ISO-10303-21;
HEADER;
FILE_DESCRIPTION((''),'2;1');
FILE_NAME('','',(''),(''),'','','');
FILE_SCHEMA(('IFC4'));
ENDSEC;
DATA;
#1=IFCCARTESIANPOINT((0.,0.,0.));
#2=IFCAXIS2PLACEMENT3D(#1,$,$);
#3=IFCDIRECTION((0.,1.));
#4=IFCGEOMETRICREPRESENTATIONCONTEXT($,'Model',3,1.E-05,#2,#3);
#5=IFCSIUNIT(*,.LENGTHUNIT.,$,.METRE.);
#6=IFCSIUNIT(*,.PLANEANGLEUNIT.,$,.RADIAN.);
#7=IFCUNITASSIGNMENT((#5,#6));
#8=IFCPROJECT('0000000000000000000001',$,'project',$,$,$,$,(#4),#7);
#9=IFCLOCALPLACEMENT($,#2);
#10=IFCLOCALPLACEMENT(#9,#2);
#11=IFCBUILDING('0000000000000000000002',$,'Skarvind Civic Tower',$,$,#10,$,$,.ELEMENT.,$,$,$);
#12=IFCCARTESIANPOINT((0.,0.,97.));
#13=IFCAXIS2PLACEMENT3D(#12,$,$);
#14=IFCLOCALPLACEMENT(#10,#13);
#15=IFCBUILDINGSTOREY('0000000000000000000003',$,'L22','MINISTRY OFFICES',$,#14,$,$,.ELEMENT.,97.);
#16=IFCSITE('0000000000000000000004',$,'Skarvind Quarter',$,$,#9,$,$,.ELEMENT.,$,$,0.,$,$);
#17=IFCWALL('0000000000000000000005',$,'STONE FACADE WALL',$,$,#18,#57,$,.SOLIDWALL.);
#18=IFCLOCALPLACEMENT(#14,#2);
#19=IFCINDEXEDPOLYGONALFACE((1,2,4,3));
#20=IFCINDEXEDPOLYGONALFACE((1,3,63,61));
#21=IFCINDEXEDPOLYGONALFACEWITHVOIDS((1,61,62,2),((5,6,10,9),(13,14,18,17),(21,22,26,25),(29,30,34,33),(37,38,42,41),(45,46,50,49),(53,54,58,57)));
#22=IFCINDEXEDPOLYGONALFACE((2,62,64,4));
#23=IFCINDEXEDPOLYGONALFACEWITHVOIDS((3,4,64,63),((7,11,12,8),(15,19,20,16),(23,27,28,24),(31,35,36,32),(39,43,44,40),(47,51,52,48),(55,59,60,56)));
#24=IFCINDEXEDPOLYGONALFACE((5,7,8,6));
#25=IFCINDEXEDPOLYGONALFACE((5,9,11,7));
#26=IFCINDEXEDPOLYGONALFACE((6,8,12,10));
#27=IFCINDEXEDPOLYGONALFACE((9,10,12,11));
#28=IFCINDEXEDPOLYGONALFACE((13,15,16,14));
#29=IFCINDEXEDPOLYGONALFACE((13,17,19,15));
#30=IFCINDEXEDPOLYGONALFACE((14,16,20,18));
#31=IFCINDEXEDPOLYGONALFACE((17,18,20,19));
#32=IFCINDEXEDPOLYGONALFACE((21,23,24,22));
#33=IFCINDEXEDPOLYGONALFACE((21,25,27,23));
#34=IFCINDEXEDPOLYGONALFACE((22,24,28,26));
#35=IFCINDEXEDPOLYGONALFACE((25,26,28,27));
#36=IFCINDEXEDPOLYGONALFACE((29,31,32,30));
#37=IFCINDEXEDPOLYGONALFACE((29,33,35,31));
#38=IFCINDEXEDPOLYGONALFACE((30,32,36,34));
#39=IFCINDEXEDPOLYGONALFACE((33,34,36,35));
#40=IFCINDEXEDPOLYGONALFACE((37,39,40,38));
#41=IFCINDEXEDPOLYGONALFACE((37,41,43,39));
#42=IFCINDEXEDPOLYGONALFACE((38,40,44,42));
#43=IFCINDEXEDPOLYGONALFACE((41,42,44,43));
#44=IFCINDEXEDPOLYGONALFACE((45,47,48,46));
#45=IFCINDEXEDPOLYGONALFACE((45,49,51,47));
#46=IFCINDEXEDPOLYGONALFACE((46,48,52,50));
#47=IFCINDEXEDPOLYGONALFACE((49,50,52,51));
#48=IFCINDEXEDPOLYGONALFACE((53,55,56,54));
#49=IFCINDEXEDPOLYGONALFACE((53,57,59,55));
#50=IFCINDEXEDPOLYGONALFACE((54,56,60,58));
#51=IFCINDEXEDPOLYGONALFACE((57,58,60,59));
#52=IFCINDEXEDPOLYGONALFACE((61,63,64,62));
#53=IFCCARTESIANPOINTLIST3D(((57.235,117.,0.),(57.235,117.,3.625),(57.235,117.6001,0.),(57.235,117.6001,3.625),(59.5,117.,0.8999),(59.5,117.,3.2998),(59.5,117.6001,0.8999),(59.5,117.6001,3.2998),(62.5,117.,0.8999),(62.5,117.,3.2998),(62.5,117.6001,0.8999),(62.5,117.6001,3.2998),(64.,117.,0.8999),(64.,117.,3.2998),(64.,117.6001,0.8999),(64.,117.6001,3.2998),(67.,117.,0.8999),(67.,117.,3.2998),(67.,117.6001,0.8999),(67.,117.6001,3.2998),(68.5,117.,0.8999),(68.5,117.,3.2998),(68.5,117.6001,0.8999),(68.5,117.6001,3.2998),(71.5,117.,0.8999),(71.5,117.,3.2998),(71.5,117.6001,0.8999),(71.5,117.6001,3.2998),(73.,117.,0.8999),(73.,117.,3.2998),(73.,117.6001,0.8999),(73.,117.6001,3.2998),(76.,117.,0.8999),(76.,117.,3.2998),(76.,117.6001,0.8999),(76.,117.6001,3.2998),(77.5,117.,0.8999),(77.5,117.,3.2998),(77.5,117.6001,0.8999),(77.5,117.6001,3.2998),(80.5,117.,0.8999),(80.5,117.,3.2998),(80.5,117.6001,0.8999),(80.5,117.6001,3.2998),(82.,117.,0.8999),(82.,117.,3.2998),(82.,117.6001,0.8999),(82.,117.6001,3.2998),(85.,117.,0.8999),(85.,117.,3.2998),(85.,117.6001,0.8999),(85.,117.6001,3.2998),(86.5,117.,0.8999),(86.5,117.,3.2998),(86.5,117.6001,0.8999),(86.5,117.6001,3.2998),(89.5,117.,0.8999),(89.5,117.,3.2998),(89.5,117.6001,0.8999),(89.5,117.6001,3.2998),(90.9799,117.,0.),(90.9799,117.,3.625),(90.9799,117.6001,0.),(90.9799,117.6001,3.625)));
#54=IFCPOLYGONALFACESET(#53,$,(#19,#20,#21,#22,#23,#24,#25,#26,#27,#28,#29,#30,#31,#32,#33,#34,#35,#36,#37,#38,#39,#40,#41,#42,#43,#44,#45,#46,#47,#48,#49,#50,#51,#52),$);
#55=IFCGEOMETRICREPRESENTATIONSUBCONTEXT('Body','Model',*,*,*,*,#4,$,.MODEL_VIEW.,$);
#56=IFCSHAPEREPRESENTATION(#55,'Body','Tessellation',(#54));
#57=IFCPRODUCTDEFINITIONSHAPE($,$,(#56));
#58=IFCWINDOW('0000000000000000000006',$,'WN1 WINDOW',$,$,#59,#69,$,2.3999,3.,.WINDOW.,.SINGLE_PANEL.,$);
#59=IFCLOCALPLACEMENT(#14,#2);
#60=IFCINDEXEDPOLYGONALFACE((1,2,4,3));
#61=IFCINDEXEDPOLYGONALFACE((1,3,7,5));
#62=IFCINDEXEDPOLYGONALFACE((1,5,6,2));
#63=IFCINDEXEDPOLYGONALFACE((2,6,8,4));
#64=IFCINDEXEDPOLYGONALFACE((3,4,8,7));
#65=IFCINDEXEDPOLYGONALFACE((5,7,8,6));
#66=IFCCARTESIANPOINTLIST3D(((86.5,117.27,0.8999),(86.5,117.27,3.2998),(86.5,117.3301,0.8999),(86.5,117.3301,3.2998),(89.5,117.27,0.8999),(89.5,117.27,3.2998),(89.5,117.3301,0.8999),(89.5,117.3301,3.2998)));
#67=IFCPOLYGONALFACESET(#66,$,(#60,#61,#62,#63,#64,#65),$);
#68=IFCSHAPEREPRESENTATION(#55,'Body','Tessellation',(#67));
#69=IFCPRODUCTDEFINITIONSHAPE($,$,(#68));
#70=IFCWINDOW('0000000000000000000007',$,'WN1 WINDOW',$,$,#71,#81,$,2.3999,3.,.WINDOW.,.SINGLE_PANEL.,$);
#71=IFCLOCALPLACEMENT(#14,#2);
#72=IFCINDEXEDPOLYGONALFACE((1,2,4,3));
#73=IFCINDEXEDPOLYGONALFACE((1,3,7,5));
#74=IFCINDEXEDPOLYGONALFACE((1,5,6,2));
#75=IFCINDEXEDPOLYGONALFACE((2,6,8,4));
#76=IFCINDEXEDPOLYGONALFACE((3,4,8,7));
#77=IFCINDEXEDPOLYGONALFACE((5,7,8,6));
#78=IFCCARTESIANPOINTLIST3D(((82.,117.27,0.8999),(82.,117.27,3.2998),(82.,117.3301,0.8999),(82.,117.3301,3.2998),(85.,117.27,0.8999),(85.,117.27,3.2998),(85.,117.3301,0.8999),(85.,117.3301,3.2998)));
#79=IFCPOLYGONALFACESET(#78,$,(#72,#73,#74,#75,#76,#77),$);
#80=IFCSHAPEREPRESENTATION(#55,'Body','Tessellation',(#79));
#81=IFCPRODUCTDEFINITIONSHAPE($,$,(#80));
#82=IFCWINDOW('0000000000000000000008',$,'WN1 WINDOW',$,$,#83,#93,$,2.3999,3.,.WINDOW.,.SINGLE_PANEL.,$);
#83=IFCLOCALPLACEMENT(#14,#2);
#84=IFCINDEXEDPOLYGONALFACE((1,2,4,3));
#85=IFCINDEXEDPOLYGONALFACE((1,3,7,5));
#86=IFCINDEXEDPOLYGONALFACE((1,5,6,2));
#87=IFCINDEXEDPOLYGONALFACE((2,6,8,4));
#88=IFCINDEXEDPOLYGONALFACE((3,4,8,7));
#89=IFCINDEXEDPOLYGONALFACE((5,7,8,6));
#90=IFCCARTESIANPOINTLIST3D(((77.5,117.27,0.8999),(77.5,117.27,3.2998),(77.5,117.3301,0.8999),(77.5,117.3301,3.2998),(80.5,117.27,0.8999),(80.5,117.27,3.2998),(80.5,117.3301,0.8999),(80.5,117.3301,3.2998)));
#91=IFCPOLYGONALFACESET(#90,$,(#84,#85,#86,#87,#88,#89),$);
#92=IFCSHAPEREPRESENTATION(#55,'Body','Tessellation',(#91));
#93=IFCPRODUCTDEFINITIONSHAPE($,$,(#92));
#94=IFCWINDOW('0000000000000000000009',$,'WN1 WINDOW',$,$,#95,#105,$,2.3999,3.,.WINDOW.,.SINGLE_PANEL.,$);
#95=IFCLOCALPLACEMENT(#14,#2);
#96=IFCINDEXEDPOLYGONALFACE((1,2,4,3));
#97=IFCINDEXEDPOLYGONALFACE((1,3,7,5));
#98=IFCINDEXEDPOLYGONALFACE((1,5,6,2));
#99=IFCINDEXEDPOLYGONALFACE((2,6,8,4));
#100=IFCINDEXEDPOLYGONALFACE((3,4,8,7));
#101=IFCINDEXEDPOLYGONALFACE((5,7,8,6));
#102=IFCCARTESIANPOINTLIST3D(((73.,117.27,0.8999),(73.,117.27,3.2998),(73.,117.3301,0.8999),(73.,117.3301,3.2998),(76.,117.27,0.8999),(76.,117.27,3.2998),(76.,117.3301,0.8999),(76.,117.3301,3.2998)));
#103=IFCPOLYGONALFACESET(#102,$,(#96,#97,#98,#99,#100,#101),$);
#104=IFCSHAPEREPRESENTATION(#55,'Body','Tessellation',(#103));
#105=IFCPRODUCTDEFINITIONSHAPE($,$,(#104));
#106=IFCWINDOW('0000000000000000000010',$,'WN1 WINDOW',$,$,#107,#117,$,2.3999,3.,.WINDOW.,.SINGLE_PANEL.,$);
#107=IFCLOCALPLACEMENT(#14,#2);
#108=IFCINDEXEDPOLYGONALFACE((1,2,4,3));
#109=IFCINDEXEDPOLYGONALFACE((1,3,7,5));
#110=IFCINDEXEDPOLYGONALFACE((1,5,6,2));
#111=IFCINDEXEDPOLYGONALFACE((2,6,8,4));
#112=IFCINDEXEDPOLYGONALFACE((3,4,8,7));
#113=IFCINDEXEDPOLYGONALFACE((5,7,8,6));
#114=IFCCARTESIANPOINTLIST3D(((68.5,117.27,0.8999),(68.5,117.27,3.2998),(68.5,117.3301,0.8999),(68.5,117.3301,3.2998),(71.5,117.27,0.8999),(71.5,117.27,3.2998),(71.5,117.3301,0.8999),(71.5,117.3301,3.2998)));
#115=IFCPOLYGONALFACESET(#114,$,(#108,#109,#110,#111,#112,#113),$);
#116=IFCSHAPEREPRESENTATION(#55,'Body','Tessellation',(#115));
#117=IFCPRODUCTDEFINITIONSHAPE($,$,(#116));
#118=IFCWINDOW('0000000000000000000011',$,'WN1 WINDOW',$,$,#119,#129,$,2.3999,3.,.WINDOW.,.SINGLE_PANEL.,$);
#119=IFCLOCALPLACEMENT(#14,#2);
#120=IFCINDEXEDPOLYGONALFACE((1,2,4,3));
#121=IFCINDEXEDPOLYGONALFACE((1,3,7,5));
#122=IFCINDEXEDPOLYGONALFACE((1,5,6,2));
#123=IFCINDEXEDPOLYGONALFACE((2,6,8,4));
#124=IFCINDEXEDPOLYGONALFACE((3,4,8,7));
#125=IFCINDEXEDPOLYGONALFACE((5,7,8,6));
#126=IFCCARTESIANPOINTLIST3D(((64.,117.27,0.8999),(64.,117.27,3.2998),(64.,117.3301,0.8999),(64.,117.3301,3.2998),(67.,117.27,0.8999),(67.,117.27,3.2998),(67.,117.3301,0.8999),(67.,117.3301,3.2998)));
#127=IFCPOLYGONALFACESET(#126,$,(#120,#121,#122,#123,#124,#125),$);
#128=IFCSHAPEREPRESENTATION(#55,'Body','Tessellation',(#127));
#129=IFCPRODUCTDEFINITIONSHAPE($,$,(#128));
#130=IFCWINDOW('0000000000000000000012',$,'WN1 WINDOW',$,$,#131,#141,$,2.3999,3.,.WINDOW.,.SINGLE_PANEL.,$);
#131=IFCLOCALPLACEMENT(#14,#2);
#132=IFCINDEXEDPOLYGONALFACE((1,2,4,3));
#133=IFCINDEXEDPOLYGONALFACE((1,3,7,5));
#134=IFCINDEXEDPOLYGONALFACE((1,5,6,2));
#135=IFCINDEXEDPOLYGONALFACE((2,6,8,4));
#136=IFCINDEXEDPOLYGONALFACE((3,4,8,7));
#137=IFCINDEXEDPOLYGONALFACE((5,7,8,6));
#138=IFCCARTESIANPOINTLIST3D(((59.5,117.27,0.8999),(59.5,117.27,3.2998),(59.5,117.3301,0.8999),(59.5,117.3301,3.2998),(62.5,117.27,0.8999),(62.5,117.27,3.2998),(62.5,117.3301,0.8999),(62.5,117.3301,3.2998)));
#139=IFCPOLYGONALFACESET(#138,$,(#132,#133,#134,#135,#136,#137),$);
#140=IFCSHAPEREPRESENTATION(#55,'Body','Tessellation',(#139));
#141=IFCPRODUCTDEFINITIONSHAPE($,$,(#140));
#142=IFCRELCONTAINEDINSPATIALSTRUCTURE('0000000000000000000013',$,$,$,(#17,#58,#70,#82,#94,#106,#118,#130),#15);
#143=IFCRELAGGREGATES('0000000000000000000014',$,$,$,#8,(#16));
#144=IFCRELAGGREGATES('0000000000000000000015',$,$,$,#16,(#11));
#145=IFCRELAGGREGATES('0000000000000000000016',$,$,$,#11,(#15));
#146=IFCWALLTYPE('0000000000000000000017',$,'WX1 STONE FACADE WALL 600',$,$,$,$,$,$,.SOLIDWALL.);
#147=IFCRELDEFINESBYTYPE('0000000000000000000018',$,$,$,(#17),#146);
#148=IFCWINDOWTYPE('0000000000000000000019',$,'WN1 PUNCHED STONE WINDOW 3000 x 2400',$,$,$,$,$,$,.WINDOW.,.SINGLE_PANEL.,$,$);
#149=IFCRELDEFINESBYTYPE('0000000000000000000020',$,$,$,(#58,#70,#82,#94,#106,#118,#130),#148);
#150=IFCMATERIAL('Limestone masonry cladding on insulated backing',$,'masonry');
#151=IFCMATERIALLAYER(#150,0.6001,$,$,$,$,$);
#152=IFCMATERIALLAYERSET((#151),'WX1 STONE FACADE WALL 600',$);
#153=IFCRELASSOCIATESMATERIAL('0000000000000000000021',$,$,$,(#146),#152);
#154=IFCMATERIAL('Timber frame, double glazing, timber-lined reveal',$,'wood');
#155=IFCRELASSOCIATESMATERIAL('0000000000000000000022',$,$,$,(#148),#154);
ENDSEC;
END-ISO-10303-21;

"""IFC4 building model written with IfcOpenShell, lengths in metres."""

from ifc_helpers import new_model, si_unit, direction, frame, frame_2d, origin, place, context, subcontext, project, spatial, rectangle, extrude, material, layer, layer_set, type_object, element, fill, save


model = new_model("IFC4")

# Units and contexts
model_context = context("Model", 3, precision=1e-05, world=origin(), true_north=direction((0.0, 1.0)))
body_context = subcontext(model_context, "Body", "Model", "MODEL_VIEW")
ifc_project = project(units=[si_unit("LENGTHUNIT", "METRE"), si_unit("PLANEANGLEUNIT", "RADIAN")], contexts=[model_context])

# Site, building, storey
site_placement = place(None, origin())
site = spatial("IfcSite", under=ifc_project, at=site_placement, Name="Skarvind Quarter", CompositionType="ELEMENT", RefElevation=0.0)
building_placement = place(site_placement, origin())
building = spatial("IfcBuilding", under=site, at=building_placement, Name="Skarvind Civic Tower", CompositionType="ELEMENT")
storey_placement = place(building_placement, frame((0.0, 0.0, 97.0)))
storey = spatial("IfcBuildingStorey", under=building, at=storey_placement, Name="L22", Description="MINISTRY OFFICES", CompositionType="ELEMENT", Elevation=97.0)

# Wall, openings, windows
ifc_material_1 = material(Name="Limestone masonry cladding on insulated backing", Category="masonry")
ifc_layer_1 = layer(ifc_material_1, 0.6001)
ifc_layer_set_1 = layer_set([ifc_layer_1], Name="WX1 STONE FACADE WALL 600")
wall_type_1 = type_object("IfcWallType", Name="WX1 STONE FACADE WALL 600", PredefinedType="SOLIDWALL", material=ifc_layer_set_1)
wall_1_placement = place(storey_placement, frame((90.98, 117.3, 0.0), z_axis=(0.0, 0.0, 1.0), x_axis=(-1.0, 0.0, 0.0)))
wall_1 = element("IfcWall", 1, at=wall_1_placement, inside=storey, type_object=wall_type_1, Name="STONE FACADE WALL", PredefinedType="SOLIDWALL", context=body_context, shape_type="SweptSolid", body=[
    extrude(rectangle(XDim=33.7449, YDim=0.6001, at=frame_2d((16.8726, 0.0))), origin(), (0.0, 0.0, 1.0), 3.625),
])
opening_1_placement = place(wall_1_placement, frame((1.48, 0.0, 0.8999)))
opening_1 = element("IfcOpeningElement", 2, at=opening_1_placement, cuts=wall_1, PredefinedType="OPENING", context=body_context, shape_type="SweptSolid", body=[
    extrude(rectangle(XDim=3.0, YDim=2.3999, at=frame_2d((1.5, 1.2))), frame((0.0, 0.3101, 0.0), z_axis=(0.0, -1.0, 0.0), x_axis=(1.0, 0.0, 0.0)), (0.0, 0.0, 1.0), 0.6201),
])
opening_2_placement = place(wall_1_placement, frame((5.98, 0.0, 0.8999)))
opening_2 = element("IfcOpeningElement", 3, at=opening_2_placement, cuts=wall_1, PredefinedType="OPENING", context=body_context, shape_type="SweptSolid", body=[
    extrude(rectangle(XDim=3.0, YDim=2.3999, at=frame_2d((1.5, 1.2))), frame((0.0, 0.3101, 0.0), z_axis=(0.0, -1.0, 0.0), x_axis=(1.0, 0.0, 0.0)), (0.0, 0.0, 1.0), 0.6201),
])
opening_3_placement = place(wall_1_placement, frame((10.48, 0.0, 0.8999)))
opening_3 = element("IfcOpeningElement", 4, at=opening_3_placement, cuts=wall_1, PredefinedType="OPENING", context=body_context, shape_type="SweptSolid", body=[
    extrude(rectangle(XDim=3.0, YDim=2.3999, at=frame_2d((1.5, 1.2))), frame((0.0, 0.3101, 0.0), z_axis=(0.0, -1.0, 0.0), x_axis=(1.0, 0.0, 0.0)), (0.0, 0.0, 1.0), 0.6201),
])
opening_4_placement = place(wall_1_placement, frame((14.98, 0.0, 0.8999)))
opening_4 = element("IfcOpeningElement", 5, at=opening_4_placement, cuts=wall_1, PredefinedType="OPENING", context=body_context, shape_type="SweptSolid", body=[
    extrude(rectangle(XDim=3.0, YDim=2.3999, at=frame_2d((1.5, 1.2))), frame((0.0, 0.3101, 0.0), z_axis=(0.0, -1.0, 0.0), x_axis=(1.0, 0.0, 0.0)), (0.0, 0.0, 1.0), 0.6201),
])
opening_5_placement = place(wall_1_placement, frame((19.48, 0.0, 0.8999)))
opening_5 = element("IfcOpeningElement", 6, at=opening_5_placement, cuts=wall_1, PredefinedType="OPENING", context=body_context, shape_type="SweptSolid", body=[
    extrude(rectangle(XDim=3.0, YDim=2.3999, at=frame_2d((1.5, 1.2))), frame((0.0, 0.3101, 0.0), z_axis=(0.0, -1.0, 0.0), x_axis=(1.0, 0.0, 0.0)), (0.0, 0.0, 1.0), 0.6201),
])
opening_6_placement = place(wall_1_placement, frame((23.98, 0.0, 0.8999)))
opening_6 = element("IfcOpeningElement", 7, at=opening_6_placement, cuts=wall_1, PredefinedType="OPENING", context=body_context, shape_type="SweptSolid", body=[
    extrude(rectangle(XDim=3.0, YDim=2.3999, at=frame_2d((1.5, 1.2))), frame((0.0, 0.3101, 0.0), z_axis=(0.0, -1.0, 0.0), x_axis=(1.0, 0.0, 0.0)), (0.0, 0.0, 1.0), 0.6201),
])
opening_7_placement = place(wall_1_placement, frame((28.48, 0.0, 0.8999)))
opening_7 = element("IfcOpeningElement", 8, at=opening_7_placement, cuts=wall_1, PredefinedType="OPENING", context=body_context, shape_type="SweptSolid", body=[
    extrude(rectangle(XDim=3.0, YDim=2.3999, at=frame_2d((1.5, 1.2))), frame((0.0, 0.3101, 0.0), z_axis=(0.0, -1.0, 0.0), x_axis=(1.0, 0.0, 0.0)), (0.0, 0.0, 1.0), 0.6201),
])
ifc_material_2 = material(Name="Timber frame, double glazing, timber-lined reveal", Category="wood")
window_type = type_object("IfcWindowType", Name="WN1 PUNCHED STONE WINDOW 3000 x 2400", PartitioningType="SINGLE_PANEL", PredefinedType="WINDOW", material=ifc_material_2)
window_1_placement = place(opening_1_placement, origin())
window_1 = element("IfcWindow", 9, at=window_1_placement, inside=storey, type_object=window_type, Name="WN1 WINDOW", OverallHeight=2.3999, OverallWidth=3.0, PartitioningType="SINGLE_PANEL", PredefinedType="WINDOW", context=body_context, shape_type="SweptSolid", body=[
    extrude(rectangle(XDim=3.0, YDim=2.3999, at=frame_2d((1.5, 1.2))), frame((0.0, 0.03, 0.0), z_axis=(0.0, -1.0, 0.0), x_axis=(1.0, 0.0, 0.0)), (0.0, 0.0, 1.0), 0.0601),
])
fill(opening_1, window_1)
window_2_placement = place(opening_2_placement, origin())
window_2 = element("IfcWindow", 10, at=window_2_placement, inside=storey, type_object=window_type, Name="WN1 WINDOW", OverallHeight=2.3999, OverallWidth=3.0, PartitioningType="SINGLE_PANEL", PredefinedType="WINDOW", context=body_context, shape_type="SweptSolid", body=[
    extrude(rectangle(XDim=3.0, YDim=2.3999, at=frame_2d((1.5, 1.2))), frame((0.0, 0.03, 0.0), z_axis=(0.0, -1.0, 0.0), x_axis=(1.0, 0.0, 0.0)), (0.0, 0.0, 1.0), 0.0601),
])
fill(opening_2, window_2)
window_3_placement = place(opening_3_placement, origin())
window_3 = element("IfcWindow", 11, at=window_3_placement, inside=storey, type_object=window_type, Name="WN1 WINDOW", OverallHeight=2.3999, OverallWidth=3.0, PartitioningType="SINGLE_PANEL", PredefinedType="WINDOW", context=body_context, shape_type="SweptSolid", body=[
    extrude(rectangle(XDim=3.0, YDim=2.3999, at=frame_2d((1.5, 1.2))), frame((0.0, 0.03, 0.0), z_axis=(0.0, -1.0, 0.0), x_axis=(1.0, 0.0, 0.0)), (0.0, 0.0, 1.0), 0.0601),
])
fill(opening_3, window_3)
window_4_placement = place(opening_4_placement, origin())
window_4 = element("IfcWindow", 12, at=window_4_placement, inside=storey, type_object=window_type, Name="WN1 WINDOW", OverallHeight=2.3999, OverallWidth=3.0, PartitioningType="SINGLE_PANEL", PredefinedType="WINDOW", context=body_context, shape_type="SweptSolid", body=[
    extrude(rectangle(XDim=3.0, YDim=2.3999, at=frame_2d((1.5, 1.2))), frame((0.0, 0.03, 0.0), z_axis=(0.0, -1.0, 0.0), x_axis=(1.0, 0.0, 0.0)), (0.0, 0.0, 1.0), 0.0601),
])
fill(opening_4, window_4)
window_5_placement = place(opening_5_placement, origin())
window_5 = element("IfcWindow", 13, at=window_5_placement, inside=storey, type_object=window_type, Name="WN1 WINDOW", OverallHeight=2.3999, OverallWidth=3.0, PartitioningType="SINGLE_PANEL", PredefinedType="WINDOW", context=body_context, shape_type="SweptSolid", body=[
    extrude(rectangle(XDim=3.0, YDim=2.3999, at=frame_2d((1.5, 1.2))), frame((0.0, 0.03, 0.0), z_axis=(0.0, -1.0, 0.0), x_axis=(1.0, 0.0, 0.0)), (0.0, 0.0, 1.0), 0.0601),
])
fill(opening_5, window_5)
window_6_placement = place(opening_6_placement, origin())
window_6 = element("IfcWindow", 14, at=window_6_placement, inside=storey, type_object=window_type, Name="WN1 WINDOW", OverallHeight=2.3999, OverallWidth=3.0, PartitioningType="SINGLE_PANEL", PredefinedType="WINDOW", context=body_context, shape_type="SweptSolid", body=[
    extrude(rectangle(XDim=3.0, YDim=2.3999, at=frame_2d((1.5, 1.2))), frame((0.0, 0.03, 0.0), z_axis=(0.0, -1.0, 0.0), x_axis=(1.0, 0.0, 0.0)), (0.0, 0.0, 1.0), 0.0601),
])
fill(opening_6, window_6)
window_7_placement = place(opening_7_placement, origin())
window_7 = element("IfcWindow", 15, at=window_7_placement, inside=storey, type_object=window_type, Name="WN1 WINDOW", OverallHeight=2.3999, OverallWidth=3.0, PartitioningType="SINGLE_PANEL", PredefinedType="WINDOW", context=body_context, shape_type="SweptSolid", body=[
    extrude(rectangle(XDim=3.0, YDim=2.3999, at=frame_2d((1.5, 1.2))), frame((0.0, 0.03, 0.0), z_axis=(0.0, -1.0, 0.0), x_axis=(1.0, 0.0, 0.0)), (0.0, 0.0, 1.0), 0.0601),
])
fill(opening_7, window_7)

save(model, "model.ifc")
